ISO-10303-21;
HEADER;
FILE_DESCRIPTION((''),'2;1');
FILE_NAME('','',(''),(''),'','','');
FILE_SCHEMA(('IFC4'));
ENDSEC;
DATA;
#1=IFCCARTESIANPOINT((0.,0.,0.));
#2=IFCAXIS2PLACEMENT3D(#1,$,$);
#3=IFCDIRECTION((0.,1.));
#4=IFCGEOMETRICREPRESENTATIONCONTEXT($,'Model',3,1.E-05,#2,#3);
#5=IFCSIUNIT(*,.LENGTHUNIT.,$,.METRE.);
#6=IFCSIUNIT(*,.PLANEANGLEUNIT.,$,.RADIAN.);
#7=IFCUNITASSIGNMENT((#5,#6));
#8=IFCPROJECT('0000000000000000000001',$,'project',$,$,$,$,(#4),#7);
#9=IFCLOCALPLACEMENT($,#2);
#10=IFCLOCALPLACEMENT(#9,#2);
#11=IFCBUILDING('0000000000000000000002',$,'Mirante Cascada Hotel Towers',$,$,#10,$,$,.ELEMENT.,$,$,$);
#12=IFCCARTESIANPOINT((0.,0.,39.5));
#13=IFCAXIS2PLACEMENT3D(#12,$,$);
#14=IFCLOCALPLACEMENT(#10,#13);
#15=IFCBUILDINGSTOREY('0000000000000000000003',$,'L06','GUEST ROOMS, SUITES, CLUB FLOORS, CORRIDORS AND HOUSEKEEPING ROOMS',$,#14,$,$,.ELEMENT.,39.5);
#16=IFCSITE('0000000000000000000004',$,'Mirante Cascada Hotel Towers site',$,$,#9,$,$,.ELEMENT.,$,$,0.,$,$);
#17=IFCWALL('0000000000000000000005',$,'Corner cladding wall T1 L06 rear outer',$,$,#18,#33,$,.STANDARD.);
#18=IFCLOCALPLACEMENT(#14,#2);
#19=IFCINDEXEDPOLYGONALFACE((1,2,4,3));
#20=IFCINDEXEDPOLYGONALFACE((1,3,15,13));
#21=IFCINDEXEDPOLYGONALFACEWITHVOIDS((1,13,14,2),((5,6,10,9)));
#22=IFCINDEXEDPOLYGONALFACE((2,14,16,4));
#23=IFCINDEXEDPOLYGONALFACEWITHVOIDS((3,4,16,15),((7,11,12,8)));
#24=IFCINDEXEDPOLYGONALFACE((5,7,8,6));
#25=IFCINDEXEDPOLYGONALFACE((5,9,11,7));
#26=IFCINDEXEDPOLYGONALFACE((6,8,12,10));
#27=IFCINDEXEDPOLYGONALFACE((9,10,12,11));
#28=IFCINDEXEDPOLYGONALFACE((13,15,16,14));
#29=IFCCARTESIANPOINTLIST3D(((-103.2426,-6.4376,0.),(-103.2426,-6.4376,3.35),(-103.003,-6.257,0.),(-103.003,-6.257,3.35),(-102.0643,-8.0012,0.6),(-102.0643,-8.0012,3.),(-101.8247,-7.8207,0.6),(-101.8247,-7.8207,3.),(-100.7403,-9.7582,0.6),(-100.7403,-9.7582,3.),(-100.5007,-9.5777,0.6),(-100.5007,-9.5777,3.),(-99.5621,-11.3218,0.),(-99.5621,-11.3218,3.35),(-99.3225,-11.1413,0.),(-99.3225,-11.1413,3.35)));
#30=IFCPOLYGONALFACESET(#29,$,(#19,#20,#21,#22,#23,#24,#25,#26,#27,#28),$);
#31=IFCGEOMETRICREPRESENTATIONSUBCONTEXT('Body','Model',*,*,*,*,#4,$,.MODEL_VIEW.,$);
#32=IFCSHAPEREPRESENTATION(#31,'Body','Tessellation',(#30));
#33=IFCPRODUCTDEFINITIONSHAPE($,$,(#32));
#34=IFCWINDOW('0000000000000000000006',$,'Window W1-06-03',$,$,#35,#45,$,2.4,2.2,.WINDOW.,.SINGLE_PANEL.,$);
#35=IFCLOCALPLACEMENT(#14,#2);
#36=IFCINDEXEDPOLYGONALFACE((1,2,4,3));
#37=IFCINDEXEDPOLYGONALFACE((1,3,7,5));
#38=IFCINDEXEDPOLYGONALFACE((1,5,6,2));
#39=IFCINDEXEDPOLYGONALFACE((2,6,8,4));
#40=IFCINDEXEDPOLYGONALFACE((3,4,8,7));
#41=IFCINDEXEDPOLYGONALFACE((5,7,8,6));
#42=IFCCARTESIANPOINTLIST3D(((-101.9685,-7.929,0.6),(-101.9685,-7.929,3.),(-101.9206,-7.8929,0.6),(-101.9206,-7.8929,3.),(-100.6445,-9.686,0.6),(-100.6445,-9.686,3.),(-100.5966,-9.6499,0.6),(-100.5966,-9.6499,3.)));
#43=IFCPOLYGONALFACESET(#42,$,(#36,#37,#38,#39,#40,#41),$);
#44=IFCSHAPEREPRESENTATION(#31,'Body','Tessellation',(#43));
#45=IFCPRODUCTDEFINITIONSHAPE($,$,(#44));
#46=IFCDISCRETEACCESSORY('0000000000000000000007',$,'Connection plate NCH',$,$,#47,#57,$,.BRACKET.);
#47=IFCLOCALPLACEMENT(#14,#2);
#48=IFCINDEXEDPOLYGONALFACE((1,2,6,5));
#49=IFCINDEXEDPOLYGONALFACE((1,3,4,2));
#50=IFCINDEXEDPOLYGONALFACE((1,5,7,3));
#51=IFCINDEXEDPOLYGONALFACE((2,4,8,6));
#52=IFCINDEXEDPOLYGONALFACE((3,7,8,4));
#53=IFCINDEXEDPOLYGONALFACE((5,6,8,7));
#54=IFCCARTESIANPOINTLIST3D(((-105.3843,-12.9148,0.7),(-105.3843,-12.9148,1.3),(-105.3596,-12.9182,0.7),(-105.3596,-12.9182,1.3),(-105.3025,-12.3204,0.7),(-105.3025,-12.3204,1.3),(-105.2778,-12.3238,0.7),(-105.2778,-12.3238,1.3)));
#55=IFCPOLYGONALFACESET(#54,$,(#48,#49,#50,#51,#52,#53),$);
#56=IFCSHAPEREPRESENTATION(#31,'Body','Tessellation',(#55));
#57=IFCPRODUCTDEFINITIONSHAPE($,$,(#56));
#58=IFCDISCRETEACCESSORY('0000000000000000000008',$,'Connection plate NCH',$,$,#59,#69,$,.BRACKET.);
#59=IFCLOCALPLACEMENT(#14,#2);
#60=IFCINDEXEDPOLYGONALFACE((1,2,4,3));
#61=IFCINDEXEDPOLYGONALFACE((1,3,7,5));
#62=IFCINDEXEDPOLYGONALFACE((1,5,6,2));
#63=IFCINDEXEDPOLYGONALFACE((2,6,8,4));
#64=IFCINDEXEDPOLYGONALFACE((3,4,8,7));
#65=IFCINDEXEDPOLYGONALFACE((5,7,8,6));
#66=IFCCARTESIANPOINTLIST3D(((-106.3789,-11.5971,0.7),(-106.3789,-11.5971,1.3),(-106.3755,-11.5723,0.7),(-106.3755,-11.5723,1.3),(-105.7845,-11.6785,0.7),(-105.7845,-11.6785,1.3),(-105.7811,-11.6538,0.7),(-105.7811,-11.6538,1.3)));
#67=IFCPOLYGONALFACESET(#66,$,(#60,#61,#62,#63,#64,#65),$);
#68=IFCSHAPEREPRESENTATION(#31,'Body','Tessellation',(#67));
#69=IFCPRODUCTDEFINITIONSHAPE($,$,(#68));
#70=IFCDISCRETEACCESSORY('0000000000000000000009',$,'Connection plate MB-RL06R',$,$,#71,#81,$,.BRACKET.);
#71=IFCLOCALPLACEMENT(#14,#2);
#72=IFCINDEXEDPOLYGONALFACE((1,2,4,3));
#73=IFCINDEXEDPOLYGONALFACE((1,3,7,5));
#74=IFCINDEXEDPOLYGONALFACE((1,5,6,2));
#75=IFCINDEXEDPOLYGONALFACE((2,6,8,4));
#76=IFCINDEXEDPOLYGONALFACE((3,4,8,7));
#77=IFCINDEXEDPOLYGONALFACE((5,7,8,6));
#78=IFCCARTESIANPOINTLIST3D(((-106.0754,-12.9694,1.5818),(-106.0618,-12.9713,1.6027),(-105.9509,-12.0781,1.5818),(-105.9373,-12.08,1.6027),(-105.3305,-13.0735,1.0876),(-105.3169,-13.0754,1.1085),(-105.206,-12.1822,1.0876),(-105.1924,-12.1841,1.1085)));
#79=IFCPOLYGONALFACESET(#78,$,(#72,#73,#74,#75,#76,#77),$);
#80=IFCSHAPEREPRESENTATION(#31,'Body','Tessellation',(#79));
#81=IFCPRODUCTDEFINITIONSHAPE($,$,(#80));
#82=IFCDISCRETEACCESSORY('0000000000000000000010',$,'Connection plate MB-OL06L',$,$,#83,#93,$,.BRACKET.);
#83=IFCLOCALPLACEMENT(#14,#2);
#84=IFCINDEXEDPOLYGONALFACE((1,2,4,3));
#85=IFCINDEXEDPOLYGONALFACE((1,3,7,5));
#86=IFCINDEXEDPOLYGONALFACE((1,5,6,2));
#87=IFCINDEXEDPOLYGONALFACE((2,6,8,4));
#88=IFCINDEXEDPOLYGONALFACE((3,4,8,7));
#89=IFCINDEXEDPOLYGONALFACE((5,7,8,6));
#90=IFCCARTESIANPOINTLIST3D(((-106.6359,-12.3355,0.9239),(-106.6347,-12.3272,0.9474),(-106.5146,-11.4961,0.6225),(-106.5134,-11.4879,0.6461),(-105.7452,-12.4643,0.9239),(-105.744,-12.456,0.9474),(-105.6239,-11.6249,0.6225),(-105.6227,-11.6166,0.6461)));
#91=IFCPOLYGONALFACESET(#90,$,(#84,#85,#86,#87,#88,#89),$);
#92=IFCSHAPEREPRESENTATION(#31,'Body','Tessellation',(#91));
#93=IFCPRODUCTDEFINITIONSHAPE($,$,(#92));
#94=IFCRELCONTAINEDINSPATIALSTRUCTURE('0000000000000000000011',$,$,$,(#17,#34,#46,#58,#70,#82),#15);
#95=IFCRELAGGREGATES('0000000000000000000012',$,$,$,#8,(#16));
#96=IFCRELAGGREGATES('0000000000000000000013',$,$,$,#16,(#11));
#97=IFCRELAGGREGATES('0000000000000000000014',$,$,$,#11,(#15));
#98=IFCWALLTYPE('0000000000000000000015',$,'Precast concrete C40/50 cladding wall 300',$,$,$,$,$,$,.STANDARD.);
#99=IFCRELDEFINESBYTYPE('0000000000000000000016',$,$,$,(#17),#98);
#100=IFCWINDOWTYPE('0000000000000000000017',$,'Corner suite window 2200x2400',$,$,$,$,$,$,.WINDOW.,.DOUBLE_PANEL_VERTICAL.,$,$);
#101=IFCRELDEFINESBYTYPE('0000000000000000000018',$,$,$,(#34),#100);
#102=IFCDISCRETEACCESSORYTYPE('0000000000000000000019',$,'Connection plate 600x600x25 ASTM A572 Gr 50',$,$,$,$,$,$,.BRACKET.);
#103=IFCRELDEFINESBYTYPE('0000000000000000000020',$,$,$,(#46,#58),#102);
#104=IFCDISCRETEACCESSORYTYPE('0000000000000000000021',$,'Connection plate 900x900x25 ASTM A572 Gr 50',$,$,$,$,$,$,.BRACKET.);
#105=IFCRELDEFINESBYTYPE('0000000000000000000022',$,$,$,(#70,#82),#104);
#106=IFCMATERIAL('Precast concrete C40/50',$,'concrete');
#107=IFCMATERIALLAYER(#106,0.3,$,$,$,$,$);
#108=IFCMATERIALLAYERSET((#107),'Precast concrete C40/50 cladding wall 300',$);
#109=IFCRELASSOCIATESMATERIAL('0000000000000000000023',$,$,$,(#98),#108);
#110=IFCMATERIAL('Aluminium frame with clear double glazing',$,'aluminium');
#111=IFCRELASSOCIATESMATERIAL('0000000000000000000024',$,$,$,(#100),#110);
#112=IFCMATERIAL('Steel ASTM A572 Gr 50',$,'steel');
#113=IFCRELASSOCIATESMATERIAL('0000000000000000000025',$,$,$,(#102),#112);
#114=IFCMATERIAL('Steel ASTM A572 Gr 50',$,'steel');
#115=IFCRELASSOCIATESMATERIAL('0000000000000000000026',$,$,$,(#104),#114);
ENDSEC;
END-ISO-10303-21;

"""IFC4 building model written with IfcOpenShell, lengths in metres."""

from ifc_helpers import new_model, si_unit, direction, frame, frame_2d, origin, origin_2d, place, context, subcontext, project, spatial, rectangle, extrude, material, layer, layer_set, material_profile, profile_set, type_object, element, fill, save


model = new_model("IFC4")

# Units and contexts
model_context = context("Model", 3, precision=1e-05, world=origin(), true_north=direction((0.0, 1.0)))
body_context = subcontext(model_context, "Body", "Model", "MODEL_VIEW")
ifc_project = project(units=[si_unit("LENGTHUNIT", "METRE"), si_unit("PLANEANGLEUNIT", "RADIAN")], contexts=[model_context])

# Site, building, storey
site_placement = place(None, origin())
site = spatial("IfcSite", under=ifc_project, at=site_placement, Name="Mirante Cascada Hotel Towers site", CompositionType="ELEMENT", RefElevation=0.0)
building_placement = place(site_placement, origin())
building = spatial("IfcBuilding", under=site, at=building_placement, Name="Mirante Cascada Hotel Towers", CompositionType="ELEMENT")
storey_placement = place(building_placement, frame((0.0, 0.0, 39.5)))
storey = spatial("IfcBuildingStorey", under=building, at=storey_placement, Name="L06", Description="GUEST ROOMS, SUITES, CLUB FLOORS, CORRIDORS AND HOUSEKEEPING ROOMS", CompositionType="ELEMENT", Elevation=39.5)

# Wall, opening, window
ifc_material_1 = material(Name="Precast concrete C40/50", Category="concrete")
ifc_layer_1 = layer(ifc_material_1, 0.3)
ifc_layer_set_1 = layer_set([ifc_layer_1], Name="Precast concrete C40/50 cladding wall 300")
wall_type_1 = type_object("IfcWallType", Name="Precast concrete C40/50 cladding wall 300", PredefinedType="STANDARD", material=ifc_layer_set_1)
wall_1_placement = place(storey_placement, frame((-99.4423, -11.2315, 0.0), z_axis=(0.0, 0.0, 1.0), x_axis=(-0.601814, 0.798636, 0.0)))
wall_1 = element("IfcWall", 1, at=wall_1_placement, inside=storey, type_object=wall_type_1, Name="Corner cladding wall T1 L06 rear outer", PredefinedType="STANDARD", context=body_context, shape_type="SweptSolid", body=[
    extrude(rectangle(XDim=6.1157, YDim=0.3, at=frame_2d((3.0578, 0.0))), origin(), (0.0, 0.0, 1.0), 3.35),
])
opening_1_placement = place(wall_1_placement, frame((1.9578, 0.0, 0.6)))
opening_1 = element("IfcOpeningElement", 2, at=opening_1_placement, cuts=wall_1, PredefinedType="OPENING", context=body_context, shape_type="SweptSolid", body=[
    extrude(rectangle(XDim=2.2, YDim=2.4, at=frame_2d((1.1, 1.2))), frame((0.0, 0.15, 0.0), z_axis=(0.0, -1.0, 0.0), x_axis=(1.0, 0.0, 0.0)), (0.0, 0.0, 1.0), 0.3),
])
ifc_material_2 = material(Name="Aluminium frame with clear double glazing", Category="aluminium")
window_type = type_object("IfcWindowType", Name="Corner suite window 2200x2400", PartitioningType="DOUBLE_PANEL_VERTICAL", PredefinedType="WINDOW", material=ifc_material_2)
window_placement = place(opening_1_placement, origin())
window = element("IfcWindow", 3, at=window_placement, inside=storey, type_object=window_type, Name="Window W1-06-03", OverallHeight=2.4, OverallWidth=2.2, PartitioningType="SINGLE_PANEL", PredefinedType="WINDOW", context=body_context, shape_type="SweptSolid", body=[
    extrude(rectangle(XDim=2.2, YDim=2.4, at=frame_2d((1.1, 1.2))), frame((0.0, 0.03, 0.0), z_axis=(0.0, -1.0, 0.0), x_axis=(1.0, 0.0, 0.0)), (0.0, 0.0, 1.0), 0.06),
])
fill(opening_1, window)

# Discrete accessories
ifc_material_3 = material(Name="Steel ASTM A572 Gr 50", Category="steel")
ifc_material_profile_1 = material_profile(ifc_material_3, rectangle(XDim=0.6, YDim=0.6, at=origin_2d()), Name="Connection plate 600x600x25 ASTM A572 Gr 50")
ifc_profile_set_1 = profile_set([ifc_material_profile_1], Name="Steel ASTM A572 Gr 50")
discrete_accessory_type_1 = type_object("IfcDiscreteAccessoryType", Name="Connection plate 600x600x25 ASTM A572 Gr 50", PredefinedType="BRACKET", material=ifc_profile_set_1)
discrete_accessory_1_placement = place(storey_placement, frame((-105.3187, -12.621, 1.0), z_axis=(-0.990658, 0.136366, 0.0), x_axis=(-0.136366, -0.990658, 0.0)))
element("IfcDiscreteAccessory", 4, at=discrete_accessory_1_placement, inside=storey, type_object=discrete_accessory_type_1, Name="Connection plate NCH", PredefinedType="BRACKET", context=body_context, shape_type="SweptSolid", body=[
    extrude(rectangle(XDim=0.6, YDim=0.6, at=origin_2d()), origin(), (0.0, 0.0, 1.0), 0.0249),
])
discrete_accessory_2_placement = place(storey_placement, frame((-106.0817, -11.6378, 1.0), z_axis=(0.135826, 0.990733, 0.0), x_axis=(-0.990733, 0.135826, 0.0)))
element("IfcDiscreteAccessory", 5, at=discrete_accessory_2_placement, inside=storey, type_object=discrete_accessory_type_1, Name="Connection plate NCH", PredefinedType="BRACKET", context=body_context, shape_type="SweptSolid", body=[
    extrude(rectangle(XDim=0.6, YDim=0.6, at=origin_2d()), origin(), (0.0, 0.0, 1.0), 0.025),
])
ifc_material_4 = material(Name="Steel ASTM A572 Gr 50", Category="steel")
ifc_material_profile_2 = material_profile(ifc_material_4, rectangle(XDim=0.9, YDim=0.9, at=origin_2d()), Name="Connection plate 900x900x25 ASTM A572 Gr 50")
ifc_profile_set_2 = profile_set([ifc_material_profile_2], Name="Steel ASTM A572 Gr 50")
discrete_accessory_type_2 = type_object("IfcDiscreteAccessoryType", Name="Connection plate 900x900x25 ASTM A572 Gr 50", PredefinedType="BRACKET", material=ifc_profile_set_2)
for number, where, z_axis, x_axis, name in (
    (6, (-105.6407, -12.5758, 1.3347), (0.543835, -0.075977, 0.835746), (0.138362, 0.990382, 0.0), "Connection plate MB-RL06R"),
    (7, (-106.1299, -11.9802, 0.7732), (0.047912, 0.331393, 0.942275), (-0.98971, 0.143091, 0.0), "Connection plate MB-OL06L"),
):
    element("IfcDiscreteAccessory", number, at=place(storey_placement, frame(where, z_axis=z_axis, x_axis=x_axis)), inside=storey, type_object=discrete_accessory_type_2, Name=name, PredefinedType="BRACKET", context=body_context, shape_type="SweptSolid", body=[
        extrude(rectangle(XDim=0.9, YDim=0.9, at=origin_2d()), origin(), (0.0, 0.0, 1.0), 0.025),
    ])

save(model, "model.ifc")
